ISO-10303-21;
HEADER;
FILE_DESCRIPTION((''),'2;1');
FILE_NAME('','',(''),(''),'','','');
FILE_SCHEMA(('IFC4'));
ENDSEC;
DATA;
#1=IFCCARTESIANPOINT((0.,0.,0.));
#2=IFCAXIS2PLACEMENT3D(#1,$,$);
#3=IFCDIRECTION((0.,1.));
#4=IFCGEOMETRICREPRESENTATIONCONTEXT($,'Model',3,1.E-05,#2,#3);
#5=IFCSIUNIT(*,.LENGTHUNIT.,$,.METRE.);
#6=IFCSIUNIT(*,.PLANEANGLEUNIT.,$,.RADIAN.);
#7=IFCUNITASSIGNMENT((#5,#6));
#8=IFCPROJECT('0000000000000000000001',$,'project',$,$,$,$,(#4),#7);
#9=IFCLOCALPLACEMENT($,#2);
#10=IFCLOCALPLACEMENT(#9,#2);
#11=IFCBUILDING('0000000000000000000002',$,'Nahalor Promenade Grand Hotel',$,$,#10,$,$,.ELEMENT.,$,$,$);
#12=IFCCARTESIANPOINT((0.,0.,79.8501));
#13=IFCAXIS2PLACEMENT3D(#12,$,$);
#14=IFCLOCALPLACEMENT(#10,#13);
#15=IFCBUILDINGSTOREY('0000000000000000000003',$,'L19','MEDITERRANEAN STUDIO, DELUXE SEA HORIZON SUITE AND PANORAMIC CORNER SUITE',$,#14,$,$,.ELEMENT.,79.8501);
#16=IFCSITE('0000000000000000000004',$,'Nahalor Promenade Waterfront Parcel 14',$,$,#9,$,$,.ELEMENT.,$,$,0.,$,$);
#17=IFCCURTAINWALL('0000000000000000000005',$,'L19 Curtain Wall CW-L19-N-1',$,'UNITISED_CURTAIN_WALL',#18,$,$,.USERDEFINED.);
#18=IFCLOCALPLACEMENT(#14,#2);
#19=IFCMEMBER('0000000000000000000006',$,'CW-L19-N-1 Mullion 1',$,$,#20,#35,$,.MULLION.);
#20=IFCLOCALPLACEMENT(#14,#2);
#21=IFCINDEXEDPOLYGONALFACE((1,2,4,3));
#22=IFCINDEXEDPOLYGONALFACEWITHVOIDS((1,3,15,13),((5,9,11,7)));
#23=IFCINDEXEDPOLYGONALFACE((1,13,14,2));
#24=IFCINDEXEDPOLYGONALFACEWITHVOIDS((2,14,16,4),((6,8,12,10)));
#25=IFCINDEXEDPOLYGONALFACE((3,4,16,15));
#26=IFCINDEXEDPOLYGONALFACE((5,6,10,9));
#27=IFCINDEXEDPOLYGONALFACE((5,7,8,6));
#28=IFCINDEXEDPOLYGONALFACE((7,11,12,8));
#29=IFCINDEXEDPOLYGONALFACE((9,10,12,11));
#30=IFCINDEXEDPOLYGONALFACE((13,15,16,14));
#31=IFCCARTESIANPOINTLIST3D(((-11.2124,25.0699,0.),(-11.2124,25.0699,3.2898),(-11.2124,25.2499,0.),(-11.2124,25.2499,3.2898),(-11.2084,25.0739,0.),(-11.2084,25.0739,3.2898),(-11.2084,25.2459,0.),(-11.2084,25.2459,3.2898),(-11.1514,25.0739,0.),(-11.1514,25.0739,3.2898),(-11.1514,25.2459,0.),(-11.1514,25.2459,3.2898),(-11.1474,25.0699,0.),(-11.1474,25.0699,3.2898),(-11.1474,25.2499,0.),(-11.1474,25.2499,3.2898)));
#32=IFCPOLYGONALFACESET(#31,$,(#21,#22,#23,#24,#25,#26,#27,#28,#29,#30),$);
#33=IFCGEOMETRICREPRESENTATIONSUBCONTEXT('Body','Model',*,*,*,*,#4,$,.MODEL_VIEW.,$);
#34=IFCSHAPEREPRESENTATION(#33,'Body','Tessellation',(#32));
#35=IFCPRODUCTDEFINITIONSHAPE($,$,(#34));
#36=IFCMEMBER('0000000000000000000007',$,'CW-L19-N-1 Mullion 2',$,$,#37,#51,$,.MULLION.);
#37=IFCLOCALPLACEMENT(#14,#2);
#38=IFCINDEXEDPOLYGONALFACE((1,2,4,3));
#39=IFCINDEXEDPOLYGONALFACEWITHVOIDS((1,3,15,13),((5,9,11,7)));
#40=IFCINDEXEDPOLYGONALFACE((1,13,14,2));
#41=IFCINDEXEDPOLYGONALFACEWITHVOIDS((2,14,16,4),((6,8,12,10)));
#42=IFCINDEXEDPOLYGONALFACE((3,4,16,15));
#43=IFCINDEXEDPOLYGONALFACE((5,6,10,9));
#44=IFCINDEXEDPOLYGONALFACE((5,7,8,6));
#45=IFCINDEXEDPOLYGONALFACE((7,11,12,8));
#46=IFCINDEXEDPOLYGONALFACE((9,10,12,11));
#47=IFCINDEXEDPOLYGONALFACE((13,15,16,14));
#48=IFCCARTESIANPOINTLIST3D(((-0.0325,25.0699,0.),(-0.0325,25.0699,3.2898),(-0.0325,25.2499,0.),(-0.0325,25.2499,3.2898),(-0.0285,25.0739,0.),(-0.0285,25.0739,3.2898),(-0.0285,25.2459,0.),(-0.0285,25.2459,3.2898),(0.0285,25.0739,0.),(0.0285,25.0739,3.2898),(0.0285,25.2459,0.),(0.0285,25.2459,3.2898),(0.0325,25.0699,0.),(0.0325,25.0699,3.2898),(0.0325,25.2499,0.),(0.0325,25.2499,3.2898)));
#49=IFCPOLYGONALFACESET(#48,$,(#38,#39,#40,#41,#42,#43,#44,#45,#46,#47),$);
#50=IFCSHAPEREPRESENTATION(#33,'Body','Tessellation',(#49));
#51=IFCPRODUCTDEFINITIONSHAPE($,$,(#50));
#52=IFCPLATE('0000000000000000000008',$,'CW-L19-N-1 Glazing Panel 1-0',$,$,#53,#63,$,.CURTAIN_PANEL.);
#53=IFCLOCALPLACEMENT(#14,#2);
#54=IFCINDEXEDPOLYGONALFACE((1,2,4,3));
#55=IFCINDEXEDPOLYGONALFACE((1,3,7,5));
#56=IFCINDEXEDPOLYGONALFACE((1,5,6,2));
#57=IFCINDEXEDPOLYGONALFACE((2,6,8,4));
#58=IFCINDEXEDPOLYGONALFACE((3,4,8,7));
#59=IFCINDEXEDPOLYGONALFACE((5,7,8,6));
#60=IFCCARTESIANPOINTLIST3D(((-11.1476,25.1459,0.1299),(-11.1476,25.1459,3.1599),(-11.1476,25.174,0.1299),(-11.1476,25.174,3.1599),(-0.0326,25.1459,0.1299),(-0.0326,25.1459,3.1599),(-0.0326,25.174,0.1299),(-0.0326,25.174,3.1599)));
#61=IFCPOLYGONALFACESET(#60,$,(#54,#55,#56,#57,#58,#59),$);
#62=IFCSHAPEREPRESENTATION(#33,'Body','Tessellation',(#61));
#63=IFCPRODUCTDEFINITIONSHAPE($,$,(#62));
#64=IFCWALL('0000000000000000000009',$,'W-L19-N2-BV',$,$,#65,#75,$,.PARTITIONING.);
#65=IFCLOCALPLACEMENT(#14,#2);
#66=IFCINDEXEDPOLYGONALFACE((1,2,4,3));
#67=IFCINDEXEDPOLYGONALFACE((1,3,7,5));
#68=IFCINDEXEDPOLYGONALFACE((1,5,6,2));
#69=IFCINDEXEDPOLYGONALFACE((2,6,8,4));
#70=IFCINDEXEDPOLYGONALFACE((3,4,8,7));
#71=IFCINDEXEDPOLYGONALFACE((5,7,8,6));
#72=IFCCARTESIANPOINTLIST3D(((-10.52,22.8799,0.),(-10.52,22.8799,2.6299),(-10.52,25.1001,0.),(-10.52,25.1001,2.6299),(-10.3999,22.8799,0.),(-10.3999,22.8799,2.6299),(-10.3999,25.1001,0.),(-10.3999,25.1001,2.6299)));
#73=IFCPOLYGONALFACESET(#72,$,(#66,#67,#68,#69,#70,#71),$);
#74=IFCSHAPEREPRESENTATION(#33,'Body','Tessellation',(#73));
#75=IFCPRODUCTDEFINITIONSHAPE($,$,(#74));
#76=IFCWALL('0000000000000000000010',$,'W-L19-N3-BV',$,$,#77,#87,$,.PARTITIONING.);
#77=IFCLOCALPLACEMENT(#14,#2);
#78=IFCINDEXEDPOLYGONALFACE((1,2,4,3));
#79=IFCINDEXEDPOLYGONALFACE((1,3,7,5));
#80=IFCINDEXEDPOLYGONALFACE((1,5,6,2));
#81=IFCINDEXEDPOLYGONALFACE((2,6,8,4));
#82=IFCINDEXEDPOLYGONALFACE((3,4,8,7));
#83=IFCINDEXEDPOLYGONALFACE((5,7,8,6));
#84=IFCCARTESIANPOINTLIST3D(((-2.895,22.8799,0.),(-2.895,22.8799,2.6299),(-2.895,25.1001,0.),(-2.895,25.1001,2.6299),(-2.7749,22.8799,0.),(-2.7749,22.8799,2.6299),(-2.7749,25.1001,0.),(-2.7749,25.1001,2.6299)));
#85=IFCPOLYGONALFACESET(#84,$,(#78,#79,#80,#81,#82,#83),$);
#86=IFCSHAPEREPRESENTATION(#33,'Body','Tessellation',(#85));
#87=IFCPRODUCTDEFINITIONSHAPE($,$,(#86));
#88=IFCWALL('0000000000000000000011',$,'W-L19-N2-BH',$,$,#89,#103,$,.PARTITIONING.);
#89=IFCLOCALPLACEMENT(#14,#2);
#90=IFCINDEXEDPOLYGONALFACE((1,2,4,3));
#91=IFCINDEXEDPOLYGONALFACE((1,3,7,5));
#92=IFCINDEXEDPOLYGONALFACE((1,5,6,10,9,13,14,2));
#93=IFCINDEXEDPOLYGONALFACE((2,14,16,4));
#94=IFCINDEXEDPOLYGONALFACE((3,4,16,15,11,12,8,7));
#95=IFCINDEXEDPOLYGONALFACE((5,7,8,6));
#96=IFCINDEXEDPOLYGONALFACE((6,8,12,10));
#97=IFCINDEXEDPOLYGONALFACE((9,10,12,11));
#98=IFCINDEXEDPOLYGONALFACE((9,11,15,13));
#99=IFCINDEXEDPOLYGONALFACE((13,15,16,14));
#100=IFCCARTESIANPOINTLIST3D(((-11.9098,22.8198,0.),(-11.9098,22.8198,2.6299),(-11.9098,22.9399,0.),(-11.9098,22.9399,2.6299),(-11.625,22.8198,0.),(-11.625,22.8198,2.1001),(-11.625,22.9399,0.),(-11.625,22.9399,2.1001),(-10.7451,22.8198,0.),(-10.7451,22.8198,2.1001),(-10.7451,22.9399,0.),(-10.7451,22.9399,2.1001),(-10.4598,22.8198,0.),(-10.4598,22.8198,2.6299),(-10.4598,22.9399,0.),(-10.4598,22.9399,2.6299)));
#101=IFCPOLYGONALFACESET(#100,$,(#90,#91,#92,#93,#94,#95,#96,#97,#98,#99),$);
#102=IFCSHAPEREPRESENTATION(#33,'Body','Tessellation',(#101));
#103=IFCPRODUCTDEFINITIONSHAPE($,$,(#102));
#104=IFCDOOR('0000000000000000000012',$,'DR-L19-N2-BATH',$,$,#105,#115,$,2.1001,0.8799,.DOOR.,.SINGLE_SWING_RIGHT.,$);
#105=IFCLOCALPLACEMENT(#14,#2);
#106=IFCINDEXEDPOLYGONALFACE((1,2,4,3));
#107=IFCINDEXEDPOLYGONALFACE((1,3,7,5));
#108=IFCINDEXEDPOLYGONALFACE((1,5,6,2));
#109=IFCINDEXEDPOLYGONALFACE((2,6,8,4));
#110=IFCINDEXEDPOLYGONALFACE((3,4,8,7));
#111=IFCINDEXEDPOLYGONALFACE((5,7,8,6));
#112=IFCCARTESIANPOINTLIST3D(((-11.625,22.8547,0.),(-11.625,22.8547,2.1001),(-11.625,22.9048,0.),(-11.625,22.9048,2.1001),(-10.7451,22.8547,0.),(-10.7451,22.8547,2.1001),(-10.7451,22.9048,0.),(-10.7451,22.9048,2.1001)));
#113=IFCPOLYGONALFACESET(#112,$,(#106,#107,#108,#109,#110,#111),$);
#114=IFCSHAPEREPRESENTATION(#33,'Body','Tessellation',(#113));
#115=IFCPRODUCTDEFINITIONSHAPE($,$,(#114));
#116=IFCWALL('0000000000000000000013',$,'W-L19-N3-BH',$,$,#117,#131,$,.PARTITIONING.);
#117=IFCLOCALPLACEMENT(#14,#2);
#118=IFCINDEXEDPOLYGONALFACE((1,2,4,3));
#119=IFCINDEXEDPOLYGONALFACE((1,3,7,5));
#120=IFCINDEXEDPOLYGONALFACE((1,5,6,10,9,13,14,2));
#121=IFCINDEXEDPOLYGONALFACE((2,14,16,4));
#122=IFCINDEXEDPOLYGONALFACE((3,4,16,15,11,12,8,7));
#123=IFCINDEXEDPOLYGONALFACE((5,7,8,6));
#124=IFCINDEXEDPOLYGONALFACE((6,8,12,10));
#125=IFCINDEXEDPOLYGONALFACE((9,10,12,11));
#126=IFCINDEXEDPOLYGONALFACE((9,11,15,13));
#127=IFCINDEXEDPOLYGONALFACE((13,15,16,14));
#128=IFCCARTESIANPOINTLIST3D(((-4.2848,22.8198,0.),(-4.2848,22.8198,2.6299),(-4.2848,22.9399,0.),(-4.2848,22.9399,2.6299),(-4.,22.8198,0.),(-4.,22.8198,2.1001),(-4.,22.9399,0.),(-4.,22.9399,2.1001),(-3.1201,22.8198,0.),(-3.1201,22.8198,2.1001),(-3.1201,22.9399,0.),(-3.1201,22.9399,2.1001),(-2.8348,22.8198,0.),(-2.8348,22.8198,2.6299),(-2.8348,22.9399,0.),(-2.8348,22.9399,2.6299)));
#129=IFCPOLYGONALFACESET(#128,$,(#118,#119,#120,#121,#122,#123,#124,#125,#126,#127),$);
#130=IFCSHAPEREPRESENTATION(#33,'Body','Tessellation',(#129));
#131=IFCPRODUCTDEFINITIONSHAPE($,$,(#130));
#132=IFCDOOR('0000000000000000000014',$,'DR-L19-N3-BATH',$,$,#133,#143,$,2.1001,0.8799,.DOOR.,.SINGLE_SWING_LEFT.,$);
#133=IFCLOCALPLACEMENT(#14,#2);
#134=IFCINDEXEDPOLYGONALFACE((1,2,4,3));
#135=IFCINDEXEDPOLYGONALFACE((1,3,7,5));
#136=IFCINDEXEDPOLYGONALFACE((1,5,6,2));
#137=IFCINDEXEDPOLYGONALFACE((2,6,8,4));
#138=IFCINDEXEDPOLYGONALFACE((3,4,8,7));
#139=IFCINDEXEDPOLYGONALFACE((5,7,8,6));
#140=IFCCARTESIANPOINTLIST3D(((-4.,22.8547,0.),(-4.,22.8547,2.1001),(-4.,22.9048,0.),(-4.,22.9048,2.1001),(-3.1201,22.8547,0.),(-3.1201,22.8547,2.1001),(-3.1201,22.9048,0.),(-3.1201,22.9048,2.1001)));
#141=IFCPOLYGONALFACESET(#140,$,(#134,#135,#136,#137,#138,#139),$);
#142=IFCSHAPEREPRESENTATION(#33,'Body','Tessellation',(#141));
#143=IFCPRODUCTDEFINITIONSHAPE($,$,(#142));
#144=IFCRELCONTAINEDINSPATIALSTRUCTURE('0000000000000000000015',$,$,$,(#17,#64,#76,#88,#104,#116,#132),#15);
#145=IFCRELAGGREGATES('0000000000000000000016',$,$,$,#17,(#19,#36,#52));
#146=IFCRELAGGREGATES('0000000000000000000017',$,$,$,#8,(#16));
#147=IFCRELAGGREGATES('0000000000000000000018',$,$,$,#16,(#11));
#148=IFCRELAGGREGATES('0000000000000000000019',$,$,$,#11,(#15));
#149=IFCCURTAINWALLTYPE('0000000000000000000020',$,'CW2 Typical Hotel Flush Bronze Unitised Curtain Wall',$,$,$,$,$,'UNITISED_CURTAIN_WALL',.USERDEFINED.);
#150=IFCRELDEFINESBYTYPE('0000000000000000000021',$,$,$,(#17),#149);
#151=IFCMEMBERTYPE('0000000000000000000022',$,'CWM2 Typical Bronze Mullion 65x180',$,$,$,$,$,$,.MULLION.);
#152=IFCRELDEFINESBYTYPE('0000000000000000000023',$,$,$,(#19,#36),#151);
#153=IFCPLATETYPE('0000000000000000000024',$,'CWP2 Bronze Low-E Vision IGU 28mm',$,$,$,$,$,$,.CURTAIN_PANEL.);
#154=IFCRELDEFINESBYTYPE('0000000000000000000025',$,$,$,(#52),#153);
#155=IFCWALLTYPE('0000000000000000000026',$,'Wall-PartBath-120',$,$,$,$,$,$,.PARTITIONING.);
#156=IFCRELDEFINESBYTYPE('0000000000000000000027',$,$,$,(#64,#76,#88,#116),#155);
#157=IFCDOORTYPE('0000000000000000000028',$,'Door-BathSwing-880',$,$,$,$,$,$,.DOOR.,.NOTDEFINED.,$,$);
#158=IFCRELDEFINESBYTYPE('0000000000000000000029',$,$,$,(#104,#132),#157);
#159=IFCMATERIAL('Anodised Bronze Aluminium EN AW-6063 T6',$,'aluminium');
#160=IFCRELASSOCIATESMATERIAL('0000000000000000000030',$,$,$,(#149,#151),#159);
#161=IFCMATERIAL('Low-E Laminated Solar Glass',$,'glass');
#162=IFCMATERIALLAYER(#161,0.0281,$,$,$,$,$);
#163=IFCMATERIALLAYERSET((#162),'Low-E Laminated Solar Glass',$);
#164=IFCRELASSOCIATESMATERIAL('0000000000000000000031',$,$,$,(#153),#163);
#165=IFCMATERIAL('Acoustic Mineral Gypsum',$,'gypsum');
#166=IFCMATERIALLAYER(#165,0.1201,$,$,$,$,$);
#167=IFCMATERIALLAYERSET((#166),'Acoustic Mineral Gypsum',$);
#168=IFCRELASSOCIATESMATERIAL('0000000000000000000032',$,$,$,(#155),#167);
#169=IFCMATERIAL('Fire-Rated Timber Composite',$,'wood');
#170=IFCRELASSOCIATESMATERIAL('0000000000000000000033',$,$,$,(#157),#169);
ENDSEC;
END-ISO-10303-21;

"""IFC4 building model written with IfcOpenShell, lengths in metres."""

from ifc_helpers import new_model, si_unit, direction, frame, frame_2d, origin, origin_2d, place, context, subcontext, project, spatial, rectangle, hollow_rectangle, extrude, source, transform, mapped, material, layer, layer_set, material_profile, profile_set, type_object, element, fill, aggregate, save


model = new_model("IFC4")

# Units and contexts
model_context = context("Model", 3, precision=1e-05, world=origin(), true_north=direction((0.0, 1.0)))
body_context = subcontext(model_context, "Body", "Model", "MODEL_VIEW")
ifc_project = project(units=[si_unit("LENGTHUNIT", "METRE"), si_unit("PLANEANGLEUNIT", "RADIAN")], contexts=[model_context])

# Site, building, storey
site_placement = place(None, origin())
site = spatial("IfcSite", under=ifc_project, at=site_placement, Name="Nahalor Promenade Waterfront Parcel 14", CompositionType="ELEMENT", RefElevation=0.0)
building_placement = place(site_placement, origin())
building = spatial("IfcBuilding", under=site, at=building_placement, Name="Nahalor Promenade Grand Hotel", CompositionType="ELEMENT")
storey_placement = place(building_placement, frame((0.0, 0.0, 79.8501)))
storey = spatial("IfcBuildingStorey", under=building, at=storey_placement, Name="L19", Description="MEDITERRANEAN STUDIO, DELUXE SEA HORIZON SUITE AND PANORAMIC CORNER SUITE", CompositionType="ELEMENT", Elevation=79.8501)

# Curtain wall, members, plate
ifc_material_1 = material(Name="Anodised Bronze Aluminium EN AW-6063 T6", Category="aluminium")
curtain_wall_type = type_object("IfcCurtainWallType", Name="CW2 Typical Hotel Flush Bronze Unitised Curtain Wall", ElementType="UNITISED_CURTAIN_WALL", PredefinedType="USERDEFINED", material=ifc_material_1)
curtain_wall_placement = place(storey_placement, origin())
curtain_wall = element("IfcCurtainWall", 1, at=curtain_wall_placement, inside=storey, type_object=curtain_wall_type, Name="L19 Curtain Wall CW-L19-N-1", ObjectType="UNITISED_CURTAIN_WALL", PredefinedType="USERDEFINED")
ifc_material_profile_1 = material_profile(ifc_material_1, hollow_rectangle(XDim=0.065, YDim=0.18, WallThickness=0.004, at=origin_2d()), Name="CWM 65x180x4")
ifc_profile_set_1 = profile_set([ifc_material_profile_1], Name="Anodised Bronze Aluminium EN AW-6063 T6")
member_type_1 = type_object("IfcMemberType", Name="CWM2 Typical Bronze Mullion 65x180", PredefinedType="MULLION", material=ifc_profile_set_1)
shared_shape_1 = source(origin(), body_context, "Body", "SweptSolid", [
    extrude(hollow_rectangle(XDim=0.065, YDim=0.18, WallThickness=0.004, at=origin_2d()), origin(), (0.0, 0.0, 1.0), 3.2898),
])
member_1_placement = place(storey_placement, frame((-11.1799, 25.1599, 0.0), z_axis=(0.0, 0.0, 1.0), x_axis=(1.0, 0.0, 0.0)))
member_1 = element("IfcMember", 2, at=member_1_placement, type_object=member_type_1, Name="CW-L19-N-1 Mullion 1", PredefinedType="MULLION", context=body_context, shape_type="MappedRepresentation", body=[
    mapped(shared_shape_1, transform((0.0, 0.0, 0.0), scale=1.0)),
])
member_2_placement = place(storey_placement, frame((0.0, 25.1599, 0.0), z_axis=(0.0, 0.0, 1.0), x_axis=(1.0, 0.0, 0.0)))
member_2 = element("IfcMember", 3, at=member_2_placement, type_object=member_type_1, Name="CW-L19-N-1 Mullion 2", PredefinedType="MULLION", context=body_context, shape_type="MappedRepresentation", body=[
    mapped(shared_shape_1, transform((0.0, 0.0, 0.0), scale=1.0)),
])
ifc_material_2 = material(Name="Low-E Laminated Solar Glass", Category="glass")
ifc_layer_1 = layer(ifc_material_2, 0.0281)
ifc_layer_set_1 = layer_set([ifc_layer_1], Name="Low-E Laminated Solar Glass")
plate_type = type_object("IfcPlateType", Name="CWP2 Bronze Low-E Vision IGU 28mm", PredefinedType="CURTAIN_PANEL", material=ifc_layer_set_1)
shared_shape_2 = source(origin(), body_context, "Body", "SweptSolid", [
    extrude(rectangle(XDim=11.115, YDim=0.0281, at=origin_2d()), origin(), (0.0, 0.0, 1.0), 3.03),
])
plate_placement = place(storey_placement, frame((-5.5901, 25.1599, 0.1299), z_axis=(0.0, 0.0, 1.0), x_axis=(1.0, 0.0, 0.0)))
plate = element("IfcPlate", 4, at=plate_placement, type_object=plate_type, Name="CW-L19-N-1 Glazing Panel 1-0", PredefinedType="CURTAIN_PANEL", context=body_context, shape_type="MappedRepresentation", body=[
    mapped(shared_shape_2, transform((0.0, 0.0, 0.0), scale=1.0)),
])
aggregate(curtain_wall, [member_1, member_2, plate])

# Walls
ifc_material_3 = material(Name="Acoustic Mineral Gypsum", Category="gypsum")
ifc_layer_2 = layer(ifc_material_3, 0.1201)
ifc_layer_set_2 = layer_set([ifc_layer_2], Name="Acoustic Mineral Gypsum")
wall_type = type_object("IfcWallType", Name="Wall-PartBath-120", PredefinedType="PARTITIONING", material=ifc_layer_set_2)
shared_shape_3 = source(origin(), body_context, "Body", "SweptSolid", [
    extrude(rectangle(XDim=2.2202, YDim=0.1201, at=frame_2d((1.1101, 0.0))), origin(), (0.0, 0.0, 1.0), 2.6299),
])
for number, where, z_axis, x_axis, name in (
    (5, (-10.46, 22.8799, 0.0), (0.0, 0.0, 1.0), (0.0, 1.0, 0.0), "W-L19-N2-BV"),
    (6, (-2.835, 22.8799, 0.0), (0.0, 0.0, 1.0), (0.0, 1.0, 0.0), "W-L19-N3-BV"),
):
    element("IfcWall", number, at=place(storey_placement, frame(where, z_axis=z_axis, x_axis=x_axis)), inside=storey, type_object=wall_type, Name=name, PredefinedType="PARTITIONING", context=body_context, shape_type="MappedRepresentation", body=[
        mapped(shared_shape_3, transform((0.0, 0.0, 0.0), scale=1.0)),
    ])

# Walls, openings, doors
shared_shape_4 = source(origin(), body_context, "Body", "SweptSolid", [
    extrude(rectangle(XDim=1.45, YDim=0.1201, at=frame_2d((0.7251, 0.0))), origin(), (0.0, 0.0, 1.0), 2.6299),
])
wall_1_placement = place(storey_placement, frame((-11.9099, 22.8799, 0.0), z_axis=(0.0, 0.0, 1.0), x_axis=(1.0, 0.0, 0.0)))
wall_1 = element("IfcWall", 7, at=wall_1_placement, inside=storey, type_object=wall_type, Name="W-L19-N2-BH", PredefinedType="PARTITIONING", context=body_context, shape_type="MappedRepresentation", body=[
    mapped(shared_shape_4, transform((0.0, 0.0, 0.0), scale=1.0)),
])
opening_1_placement = place(wall_1_placement, frame((0.2849, 0.0, 0.0)))
opening_1 = element("IfcOpeningElement", 8, at=opening_1_placement, cuts=wall_1, PredefinedType="OPENING", context=body_context, shape_type="SweptSolid", body=[
    extrude(rectangle(XDim=0.8799, YDim=2.1001, at=frame_2d((0.4399, 1.05))), frame((0.0, 0.0701, 0.0), z_axis=(0.0, -1.0, 0.0), x_axis=(1.0, 0.0, 0.0)), (0.0, 0.0, 1.0), 0.1401),
])
ifc_material_4 = material(Name="Fire-Rated Timber Composite", Category="wood")
door_type = type_object("IfcDoorType", Name="Door-BathSwing-880", OperationType="NOTDEFINED", PredefinedType="DOOR", material=ifc_material_4)
shared_shape_5 = source(origin(), body_context, "Body", "SweptSolid", [
    extrude(rectangle(XDim=0.8799, YDim=2.1001, at=frame_2d((0.4399, 1.05))), frame((0.0, 0.0249, 0.0), z_axis=(0.0, -1.0, 0.0), x_axis=(1.0, 0.0, 0.0)), (0.0, 0.0, 1.0), 0.05),
])
door_1_placement = place(opening_1_placement, origin())
door_1 = element("IfcDoor", 9, at=door_1_placement, inside=storey, type_object=door_type, Name="DR-L19-N2-BATH", OperationType="SINGLE_SWING_RIGHT", OverallHeight=2.1001, OverallWidth=0.8799, PredefinedType="DOOR", context=body_context, shape_type="MappedRepresentation", body=[
    mapped(shared_shape_5, transform((0.0, 0.0, 0.0), scale=1.0)),
])
fill(opening_1, door_1)
wall_2_placement = place(storey_placement, frame((-4.2849, 22.8799, 0.0), z_axis=(0.0, 0.0, 1.0), x_axis=(1.0, 0.0, 0.0)))
wall_2 = element("IfcWall", 10, at=wall_2_placement, inside=storey, type_object=wall_type, Name="W-L19-N3-BH", PredefinedType="PARTITIONING", context=body_context, shape_type="MappedRepresentation", body=[
    mapped(shared_shape_4, transform((0.0, 0.0, 0.0), scale=1.0)),
])
opening_2_placement = place(wall_2_placement, frame((0.2849, 0.0, 0.0)))
opening_2 = element("IfcOpeningElement", 11, at=opening_2_placement, cuts=wall_2, PredefinedType="OPENING", context=body_context, shape_type="SweptSolid", body=[
    extrude(rectangle(XDim=0.8799, YDim=2.1001, at=frame_2d((0.4399, 1.05))), frame((0.0, 0.0701, 0.0), z_axis=(0.0, -1.0, 0.0), x_axis=(1.0, 0.0, 0.0)), (0.0, 0.0, 1.0), 0.1401),
])
door_2_placement = place(opening_2_placement, origin())
door_2 = element("IfcDoor", 12, at=door_2_placement, inside=storey, type_object=door_type, Name="DR-L19-N3-BATH", OperationType="SINGLE_SWING_LEFT", OverallHeight=2.1001, OverallWidth=0.8799, PredefinedType="DOOR", context=body_context, shape_type="MappedRepresentation", body=[
    mapped(shared_shape_5, transform((0.0, 0.0, 0.0), scale=1.0)),
])
fill(opening_2, door_2)

save(model, "model.ifc")
